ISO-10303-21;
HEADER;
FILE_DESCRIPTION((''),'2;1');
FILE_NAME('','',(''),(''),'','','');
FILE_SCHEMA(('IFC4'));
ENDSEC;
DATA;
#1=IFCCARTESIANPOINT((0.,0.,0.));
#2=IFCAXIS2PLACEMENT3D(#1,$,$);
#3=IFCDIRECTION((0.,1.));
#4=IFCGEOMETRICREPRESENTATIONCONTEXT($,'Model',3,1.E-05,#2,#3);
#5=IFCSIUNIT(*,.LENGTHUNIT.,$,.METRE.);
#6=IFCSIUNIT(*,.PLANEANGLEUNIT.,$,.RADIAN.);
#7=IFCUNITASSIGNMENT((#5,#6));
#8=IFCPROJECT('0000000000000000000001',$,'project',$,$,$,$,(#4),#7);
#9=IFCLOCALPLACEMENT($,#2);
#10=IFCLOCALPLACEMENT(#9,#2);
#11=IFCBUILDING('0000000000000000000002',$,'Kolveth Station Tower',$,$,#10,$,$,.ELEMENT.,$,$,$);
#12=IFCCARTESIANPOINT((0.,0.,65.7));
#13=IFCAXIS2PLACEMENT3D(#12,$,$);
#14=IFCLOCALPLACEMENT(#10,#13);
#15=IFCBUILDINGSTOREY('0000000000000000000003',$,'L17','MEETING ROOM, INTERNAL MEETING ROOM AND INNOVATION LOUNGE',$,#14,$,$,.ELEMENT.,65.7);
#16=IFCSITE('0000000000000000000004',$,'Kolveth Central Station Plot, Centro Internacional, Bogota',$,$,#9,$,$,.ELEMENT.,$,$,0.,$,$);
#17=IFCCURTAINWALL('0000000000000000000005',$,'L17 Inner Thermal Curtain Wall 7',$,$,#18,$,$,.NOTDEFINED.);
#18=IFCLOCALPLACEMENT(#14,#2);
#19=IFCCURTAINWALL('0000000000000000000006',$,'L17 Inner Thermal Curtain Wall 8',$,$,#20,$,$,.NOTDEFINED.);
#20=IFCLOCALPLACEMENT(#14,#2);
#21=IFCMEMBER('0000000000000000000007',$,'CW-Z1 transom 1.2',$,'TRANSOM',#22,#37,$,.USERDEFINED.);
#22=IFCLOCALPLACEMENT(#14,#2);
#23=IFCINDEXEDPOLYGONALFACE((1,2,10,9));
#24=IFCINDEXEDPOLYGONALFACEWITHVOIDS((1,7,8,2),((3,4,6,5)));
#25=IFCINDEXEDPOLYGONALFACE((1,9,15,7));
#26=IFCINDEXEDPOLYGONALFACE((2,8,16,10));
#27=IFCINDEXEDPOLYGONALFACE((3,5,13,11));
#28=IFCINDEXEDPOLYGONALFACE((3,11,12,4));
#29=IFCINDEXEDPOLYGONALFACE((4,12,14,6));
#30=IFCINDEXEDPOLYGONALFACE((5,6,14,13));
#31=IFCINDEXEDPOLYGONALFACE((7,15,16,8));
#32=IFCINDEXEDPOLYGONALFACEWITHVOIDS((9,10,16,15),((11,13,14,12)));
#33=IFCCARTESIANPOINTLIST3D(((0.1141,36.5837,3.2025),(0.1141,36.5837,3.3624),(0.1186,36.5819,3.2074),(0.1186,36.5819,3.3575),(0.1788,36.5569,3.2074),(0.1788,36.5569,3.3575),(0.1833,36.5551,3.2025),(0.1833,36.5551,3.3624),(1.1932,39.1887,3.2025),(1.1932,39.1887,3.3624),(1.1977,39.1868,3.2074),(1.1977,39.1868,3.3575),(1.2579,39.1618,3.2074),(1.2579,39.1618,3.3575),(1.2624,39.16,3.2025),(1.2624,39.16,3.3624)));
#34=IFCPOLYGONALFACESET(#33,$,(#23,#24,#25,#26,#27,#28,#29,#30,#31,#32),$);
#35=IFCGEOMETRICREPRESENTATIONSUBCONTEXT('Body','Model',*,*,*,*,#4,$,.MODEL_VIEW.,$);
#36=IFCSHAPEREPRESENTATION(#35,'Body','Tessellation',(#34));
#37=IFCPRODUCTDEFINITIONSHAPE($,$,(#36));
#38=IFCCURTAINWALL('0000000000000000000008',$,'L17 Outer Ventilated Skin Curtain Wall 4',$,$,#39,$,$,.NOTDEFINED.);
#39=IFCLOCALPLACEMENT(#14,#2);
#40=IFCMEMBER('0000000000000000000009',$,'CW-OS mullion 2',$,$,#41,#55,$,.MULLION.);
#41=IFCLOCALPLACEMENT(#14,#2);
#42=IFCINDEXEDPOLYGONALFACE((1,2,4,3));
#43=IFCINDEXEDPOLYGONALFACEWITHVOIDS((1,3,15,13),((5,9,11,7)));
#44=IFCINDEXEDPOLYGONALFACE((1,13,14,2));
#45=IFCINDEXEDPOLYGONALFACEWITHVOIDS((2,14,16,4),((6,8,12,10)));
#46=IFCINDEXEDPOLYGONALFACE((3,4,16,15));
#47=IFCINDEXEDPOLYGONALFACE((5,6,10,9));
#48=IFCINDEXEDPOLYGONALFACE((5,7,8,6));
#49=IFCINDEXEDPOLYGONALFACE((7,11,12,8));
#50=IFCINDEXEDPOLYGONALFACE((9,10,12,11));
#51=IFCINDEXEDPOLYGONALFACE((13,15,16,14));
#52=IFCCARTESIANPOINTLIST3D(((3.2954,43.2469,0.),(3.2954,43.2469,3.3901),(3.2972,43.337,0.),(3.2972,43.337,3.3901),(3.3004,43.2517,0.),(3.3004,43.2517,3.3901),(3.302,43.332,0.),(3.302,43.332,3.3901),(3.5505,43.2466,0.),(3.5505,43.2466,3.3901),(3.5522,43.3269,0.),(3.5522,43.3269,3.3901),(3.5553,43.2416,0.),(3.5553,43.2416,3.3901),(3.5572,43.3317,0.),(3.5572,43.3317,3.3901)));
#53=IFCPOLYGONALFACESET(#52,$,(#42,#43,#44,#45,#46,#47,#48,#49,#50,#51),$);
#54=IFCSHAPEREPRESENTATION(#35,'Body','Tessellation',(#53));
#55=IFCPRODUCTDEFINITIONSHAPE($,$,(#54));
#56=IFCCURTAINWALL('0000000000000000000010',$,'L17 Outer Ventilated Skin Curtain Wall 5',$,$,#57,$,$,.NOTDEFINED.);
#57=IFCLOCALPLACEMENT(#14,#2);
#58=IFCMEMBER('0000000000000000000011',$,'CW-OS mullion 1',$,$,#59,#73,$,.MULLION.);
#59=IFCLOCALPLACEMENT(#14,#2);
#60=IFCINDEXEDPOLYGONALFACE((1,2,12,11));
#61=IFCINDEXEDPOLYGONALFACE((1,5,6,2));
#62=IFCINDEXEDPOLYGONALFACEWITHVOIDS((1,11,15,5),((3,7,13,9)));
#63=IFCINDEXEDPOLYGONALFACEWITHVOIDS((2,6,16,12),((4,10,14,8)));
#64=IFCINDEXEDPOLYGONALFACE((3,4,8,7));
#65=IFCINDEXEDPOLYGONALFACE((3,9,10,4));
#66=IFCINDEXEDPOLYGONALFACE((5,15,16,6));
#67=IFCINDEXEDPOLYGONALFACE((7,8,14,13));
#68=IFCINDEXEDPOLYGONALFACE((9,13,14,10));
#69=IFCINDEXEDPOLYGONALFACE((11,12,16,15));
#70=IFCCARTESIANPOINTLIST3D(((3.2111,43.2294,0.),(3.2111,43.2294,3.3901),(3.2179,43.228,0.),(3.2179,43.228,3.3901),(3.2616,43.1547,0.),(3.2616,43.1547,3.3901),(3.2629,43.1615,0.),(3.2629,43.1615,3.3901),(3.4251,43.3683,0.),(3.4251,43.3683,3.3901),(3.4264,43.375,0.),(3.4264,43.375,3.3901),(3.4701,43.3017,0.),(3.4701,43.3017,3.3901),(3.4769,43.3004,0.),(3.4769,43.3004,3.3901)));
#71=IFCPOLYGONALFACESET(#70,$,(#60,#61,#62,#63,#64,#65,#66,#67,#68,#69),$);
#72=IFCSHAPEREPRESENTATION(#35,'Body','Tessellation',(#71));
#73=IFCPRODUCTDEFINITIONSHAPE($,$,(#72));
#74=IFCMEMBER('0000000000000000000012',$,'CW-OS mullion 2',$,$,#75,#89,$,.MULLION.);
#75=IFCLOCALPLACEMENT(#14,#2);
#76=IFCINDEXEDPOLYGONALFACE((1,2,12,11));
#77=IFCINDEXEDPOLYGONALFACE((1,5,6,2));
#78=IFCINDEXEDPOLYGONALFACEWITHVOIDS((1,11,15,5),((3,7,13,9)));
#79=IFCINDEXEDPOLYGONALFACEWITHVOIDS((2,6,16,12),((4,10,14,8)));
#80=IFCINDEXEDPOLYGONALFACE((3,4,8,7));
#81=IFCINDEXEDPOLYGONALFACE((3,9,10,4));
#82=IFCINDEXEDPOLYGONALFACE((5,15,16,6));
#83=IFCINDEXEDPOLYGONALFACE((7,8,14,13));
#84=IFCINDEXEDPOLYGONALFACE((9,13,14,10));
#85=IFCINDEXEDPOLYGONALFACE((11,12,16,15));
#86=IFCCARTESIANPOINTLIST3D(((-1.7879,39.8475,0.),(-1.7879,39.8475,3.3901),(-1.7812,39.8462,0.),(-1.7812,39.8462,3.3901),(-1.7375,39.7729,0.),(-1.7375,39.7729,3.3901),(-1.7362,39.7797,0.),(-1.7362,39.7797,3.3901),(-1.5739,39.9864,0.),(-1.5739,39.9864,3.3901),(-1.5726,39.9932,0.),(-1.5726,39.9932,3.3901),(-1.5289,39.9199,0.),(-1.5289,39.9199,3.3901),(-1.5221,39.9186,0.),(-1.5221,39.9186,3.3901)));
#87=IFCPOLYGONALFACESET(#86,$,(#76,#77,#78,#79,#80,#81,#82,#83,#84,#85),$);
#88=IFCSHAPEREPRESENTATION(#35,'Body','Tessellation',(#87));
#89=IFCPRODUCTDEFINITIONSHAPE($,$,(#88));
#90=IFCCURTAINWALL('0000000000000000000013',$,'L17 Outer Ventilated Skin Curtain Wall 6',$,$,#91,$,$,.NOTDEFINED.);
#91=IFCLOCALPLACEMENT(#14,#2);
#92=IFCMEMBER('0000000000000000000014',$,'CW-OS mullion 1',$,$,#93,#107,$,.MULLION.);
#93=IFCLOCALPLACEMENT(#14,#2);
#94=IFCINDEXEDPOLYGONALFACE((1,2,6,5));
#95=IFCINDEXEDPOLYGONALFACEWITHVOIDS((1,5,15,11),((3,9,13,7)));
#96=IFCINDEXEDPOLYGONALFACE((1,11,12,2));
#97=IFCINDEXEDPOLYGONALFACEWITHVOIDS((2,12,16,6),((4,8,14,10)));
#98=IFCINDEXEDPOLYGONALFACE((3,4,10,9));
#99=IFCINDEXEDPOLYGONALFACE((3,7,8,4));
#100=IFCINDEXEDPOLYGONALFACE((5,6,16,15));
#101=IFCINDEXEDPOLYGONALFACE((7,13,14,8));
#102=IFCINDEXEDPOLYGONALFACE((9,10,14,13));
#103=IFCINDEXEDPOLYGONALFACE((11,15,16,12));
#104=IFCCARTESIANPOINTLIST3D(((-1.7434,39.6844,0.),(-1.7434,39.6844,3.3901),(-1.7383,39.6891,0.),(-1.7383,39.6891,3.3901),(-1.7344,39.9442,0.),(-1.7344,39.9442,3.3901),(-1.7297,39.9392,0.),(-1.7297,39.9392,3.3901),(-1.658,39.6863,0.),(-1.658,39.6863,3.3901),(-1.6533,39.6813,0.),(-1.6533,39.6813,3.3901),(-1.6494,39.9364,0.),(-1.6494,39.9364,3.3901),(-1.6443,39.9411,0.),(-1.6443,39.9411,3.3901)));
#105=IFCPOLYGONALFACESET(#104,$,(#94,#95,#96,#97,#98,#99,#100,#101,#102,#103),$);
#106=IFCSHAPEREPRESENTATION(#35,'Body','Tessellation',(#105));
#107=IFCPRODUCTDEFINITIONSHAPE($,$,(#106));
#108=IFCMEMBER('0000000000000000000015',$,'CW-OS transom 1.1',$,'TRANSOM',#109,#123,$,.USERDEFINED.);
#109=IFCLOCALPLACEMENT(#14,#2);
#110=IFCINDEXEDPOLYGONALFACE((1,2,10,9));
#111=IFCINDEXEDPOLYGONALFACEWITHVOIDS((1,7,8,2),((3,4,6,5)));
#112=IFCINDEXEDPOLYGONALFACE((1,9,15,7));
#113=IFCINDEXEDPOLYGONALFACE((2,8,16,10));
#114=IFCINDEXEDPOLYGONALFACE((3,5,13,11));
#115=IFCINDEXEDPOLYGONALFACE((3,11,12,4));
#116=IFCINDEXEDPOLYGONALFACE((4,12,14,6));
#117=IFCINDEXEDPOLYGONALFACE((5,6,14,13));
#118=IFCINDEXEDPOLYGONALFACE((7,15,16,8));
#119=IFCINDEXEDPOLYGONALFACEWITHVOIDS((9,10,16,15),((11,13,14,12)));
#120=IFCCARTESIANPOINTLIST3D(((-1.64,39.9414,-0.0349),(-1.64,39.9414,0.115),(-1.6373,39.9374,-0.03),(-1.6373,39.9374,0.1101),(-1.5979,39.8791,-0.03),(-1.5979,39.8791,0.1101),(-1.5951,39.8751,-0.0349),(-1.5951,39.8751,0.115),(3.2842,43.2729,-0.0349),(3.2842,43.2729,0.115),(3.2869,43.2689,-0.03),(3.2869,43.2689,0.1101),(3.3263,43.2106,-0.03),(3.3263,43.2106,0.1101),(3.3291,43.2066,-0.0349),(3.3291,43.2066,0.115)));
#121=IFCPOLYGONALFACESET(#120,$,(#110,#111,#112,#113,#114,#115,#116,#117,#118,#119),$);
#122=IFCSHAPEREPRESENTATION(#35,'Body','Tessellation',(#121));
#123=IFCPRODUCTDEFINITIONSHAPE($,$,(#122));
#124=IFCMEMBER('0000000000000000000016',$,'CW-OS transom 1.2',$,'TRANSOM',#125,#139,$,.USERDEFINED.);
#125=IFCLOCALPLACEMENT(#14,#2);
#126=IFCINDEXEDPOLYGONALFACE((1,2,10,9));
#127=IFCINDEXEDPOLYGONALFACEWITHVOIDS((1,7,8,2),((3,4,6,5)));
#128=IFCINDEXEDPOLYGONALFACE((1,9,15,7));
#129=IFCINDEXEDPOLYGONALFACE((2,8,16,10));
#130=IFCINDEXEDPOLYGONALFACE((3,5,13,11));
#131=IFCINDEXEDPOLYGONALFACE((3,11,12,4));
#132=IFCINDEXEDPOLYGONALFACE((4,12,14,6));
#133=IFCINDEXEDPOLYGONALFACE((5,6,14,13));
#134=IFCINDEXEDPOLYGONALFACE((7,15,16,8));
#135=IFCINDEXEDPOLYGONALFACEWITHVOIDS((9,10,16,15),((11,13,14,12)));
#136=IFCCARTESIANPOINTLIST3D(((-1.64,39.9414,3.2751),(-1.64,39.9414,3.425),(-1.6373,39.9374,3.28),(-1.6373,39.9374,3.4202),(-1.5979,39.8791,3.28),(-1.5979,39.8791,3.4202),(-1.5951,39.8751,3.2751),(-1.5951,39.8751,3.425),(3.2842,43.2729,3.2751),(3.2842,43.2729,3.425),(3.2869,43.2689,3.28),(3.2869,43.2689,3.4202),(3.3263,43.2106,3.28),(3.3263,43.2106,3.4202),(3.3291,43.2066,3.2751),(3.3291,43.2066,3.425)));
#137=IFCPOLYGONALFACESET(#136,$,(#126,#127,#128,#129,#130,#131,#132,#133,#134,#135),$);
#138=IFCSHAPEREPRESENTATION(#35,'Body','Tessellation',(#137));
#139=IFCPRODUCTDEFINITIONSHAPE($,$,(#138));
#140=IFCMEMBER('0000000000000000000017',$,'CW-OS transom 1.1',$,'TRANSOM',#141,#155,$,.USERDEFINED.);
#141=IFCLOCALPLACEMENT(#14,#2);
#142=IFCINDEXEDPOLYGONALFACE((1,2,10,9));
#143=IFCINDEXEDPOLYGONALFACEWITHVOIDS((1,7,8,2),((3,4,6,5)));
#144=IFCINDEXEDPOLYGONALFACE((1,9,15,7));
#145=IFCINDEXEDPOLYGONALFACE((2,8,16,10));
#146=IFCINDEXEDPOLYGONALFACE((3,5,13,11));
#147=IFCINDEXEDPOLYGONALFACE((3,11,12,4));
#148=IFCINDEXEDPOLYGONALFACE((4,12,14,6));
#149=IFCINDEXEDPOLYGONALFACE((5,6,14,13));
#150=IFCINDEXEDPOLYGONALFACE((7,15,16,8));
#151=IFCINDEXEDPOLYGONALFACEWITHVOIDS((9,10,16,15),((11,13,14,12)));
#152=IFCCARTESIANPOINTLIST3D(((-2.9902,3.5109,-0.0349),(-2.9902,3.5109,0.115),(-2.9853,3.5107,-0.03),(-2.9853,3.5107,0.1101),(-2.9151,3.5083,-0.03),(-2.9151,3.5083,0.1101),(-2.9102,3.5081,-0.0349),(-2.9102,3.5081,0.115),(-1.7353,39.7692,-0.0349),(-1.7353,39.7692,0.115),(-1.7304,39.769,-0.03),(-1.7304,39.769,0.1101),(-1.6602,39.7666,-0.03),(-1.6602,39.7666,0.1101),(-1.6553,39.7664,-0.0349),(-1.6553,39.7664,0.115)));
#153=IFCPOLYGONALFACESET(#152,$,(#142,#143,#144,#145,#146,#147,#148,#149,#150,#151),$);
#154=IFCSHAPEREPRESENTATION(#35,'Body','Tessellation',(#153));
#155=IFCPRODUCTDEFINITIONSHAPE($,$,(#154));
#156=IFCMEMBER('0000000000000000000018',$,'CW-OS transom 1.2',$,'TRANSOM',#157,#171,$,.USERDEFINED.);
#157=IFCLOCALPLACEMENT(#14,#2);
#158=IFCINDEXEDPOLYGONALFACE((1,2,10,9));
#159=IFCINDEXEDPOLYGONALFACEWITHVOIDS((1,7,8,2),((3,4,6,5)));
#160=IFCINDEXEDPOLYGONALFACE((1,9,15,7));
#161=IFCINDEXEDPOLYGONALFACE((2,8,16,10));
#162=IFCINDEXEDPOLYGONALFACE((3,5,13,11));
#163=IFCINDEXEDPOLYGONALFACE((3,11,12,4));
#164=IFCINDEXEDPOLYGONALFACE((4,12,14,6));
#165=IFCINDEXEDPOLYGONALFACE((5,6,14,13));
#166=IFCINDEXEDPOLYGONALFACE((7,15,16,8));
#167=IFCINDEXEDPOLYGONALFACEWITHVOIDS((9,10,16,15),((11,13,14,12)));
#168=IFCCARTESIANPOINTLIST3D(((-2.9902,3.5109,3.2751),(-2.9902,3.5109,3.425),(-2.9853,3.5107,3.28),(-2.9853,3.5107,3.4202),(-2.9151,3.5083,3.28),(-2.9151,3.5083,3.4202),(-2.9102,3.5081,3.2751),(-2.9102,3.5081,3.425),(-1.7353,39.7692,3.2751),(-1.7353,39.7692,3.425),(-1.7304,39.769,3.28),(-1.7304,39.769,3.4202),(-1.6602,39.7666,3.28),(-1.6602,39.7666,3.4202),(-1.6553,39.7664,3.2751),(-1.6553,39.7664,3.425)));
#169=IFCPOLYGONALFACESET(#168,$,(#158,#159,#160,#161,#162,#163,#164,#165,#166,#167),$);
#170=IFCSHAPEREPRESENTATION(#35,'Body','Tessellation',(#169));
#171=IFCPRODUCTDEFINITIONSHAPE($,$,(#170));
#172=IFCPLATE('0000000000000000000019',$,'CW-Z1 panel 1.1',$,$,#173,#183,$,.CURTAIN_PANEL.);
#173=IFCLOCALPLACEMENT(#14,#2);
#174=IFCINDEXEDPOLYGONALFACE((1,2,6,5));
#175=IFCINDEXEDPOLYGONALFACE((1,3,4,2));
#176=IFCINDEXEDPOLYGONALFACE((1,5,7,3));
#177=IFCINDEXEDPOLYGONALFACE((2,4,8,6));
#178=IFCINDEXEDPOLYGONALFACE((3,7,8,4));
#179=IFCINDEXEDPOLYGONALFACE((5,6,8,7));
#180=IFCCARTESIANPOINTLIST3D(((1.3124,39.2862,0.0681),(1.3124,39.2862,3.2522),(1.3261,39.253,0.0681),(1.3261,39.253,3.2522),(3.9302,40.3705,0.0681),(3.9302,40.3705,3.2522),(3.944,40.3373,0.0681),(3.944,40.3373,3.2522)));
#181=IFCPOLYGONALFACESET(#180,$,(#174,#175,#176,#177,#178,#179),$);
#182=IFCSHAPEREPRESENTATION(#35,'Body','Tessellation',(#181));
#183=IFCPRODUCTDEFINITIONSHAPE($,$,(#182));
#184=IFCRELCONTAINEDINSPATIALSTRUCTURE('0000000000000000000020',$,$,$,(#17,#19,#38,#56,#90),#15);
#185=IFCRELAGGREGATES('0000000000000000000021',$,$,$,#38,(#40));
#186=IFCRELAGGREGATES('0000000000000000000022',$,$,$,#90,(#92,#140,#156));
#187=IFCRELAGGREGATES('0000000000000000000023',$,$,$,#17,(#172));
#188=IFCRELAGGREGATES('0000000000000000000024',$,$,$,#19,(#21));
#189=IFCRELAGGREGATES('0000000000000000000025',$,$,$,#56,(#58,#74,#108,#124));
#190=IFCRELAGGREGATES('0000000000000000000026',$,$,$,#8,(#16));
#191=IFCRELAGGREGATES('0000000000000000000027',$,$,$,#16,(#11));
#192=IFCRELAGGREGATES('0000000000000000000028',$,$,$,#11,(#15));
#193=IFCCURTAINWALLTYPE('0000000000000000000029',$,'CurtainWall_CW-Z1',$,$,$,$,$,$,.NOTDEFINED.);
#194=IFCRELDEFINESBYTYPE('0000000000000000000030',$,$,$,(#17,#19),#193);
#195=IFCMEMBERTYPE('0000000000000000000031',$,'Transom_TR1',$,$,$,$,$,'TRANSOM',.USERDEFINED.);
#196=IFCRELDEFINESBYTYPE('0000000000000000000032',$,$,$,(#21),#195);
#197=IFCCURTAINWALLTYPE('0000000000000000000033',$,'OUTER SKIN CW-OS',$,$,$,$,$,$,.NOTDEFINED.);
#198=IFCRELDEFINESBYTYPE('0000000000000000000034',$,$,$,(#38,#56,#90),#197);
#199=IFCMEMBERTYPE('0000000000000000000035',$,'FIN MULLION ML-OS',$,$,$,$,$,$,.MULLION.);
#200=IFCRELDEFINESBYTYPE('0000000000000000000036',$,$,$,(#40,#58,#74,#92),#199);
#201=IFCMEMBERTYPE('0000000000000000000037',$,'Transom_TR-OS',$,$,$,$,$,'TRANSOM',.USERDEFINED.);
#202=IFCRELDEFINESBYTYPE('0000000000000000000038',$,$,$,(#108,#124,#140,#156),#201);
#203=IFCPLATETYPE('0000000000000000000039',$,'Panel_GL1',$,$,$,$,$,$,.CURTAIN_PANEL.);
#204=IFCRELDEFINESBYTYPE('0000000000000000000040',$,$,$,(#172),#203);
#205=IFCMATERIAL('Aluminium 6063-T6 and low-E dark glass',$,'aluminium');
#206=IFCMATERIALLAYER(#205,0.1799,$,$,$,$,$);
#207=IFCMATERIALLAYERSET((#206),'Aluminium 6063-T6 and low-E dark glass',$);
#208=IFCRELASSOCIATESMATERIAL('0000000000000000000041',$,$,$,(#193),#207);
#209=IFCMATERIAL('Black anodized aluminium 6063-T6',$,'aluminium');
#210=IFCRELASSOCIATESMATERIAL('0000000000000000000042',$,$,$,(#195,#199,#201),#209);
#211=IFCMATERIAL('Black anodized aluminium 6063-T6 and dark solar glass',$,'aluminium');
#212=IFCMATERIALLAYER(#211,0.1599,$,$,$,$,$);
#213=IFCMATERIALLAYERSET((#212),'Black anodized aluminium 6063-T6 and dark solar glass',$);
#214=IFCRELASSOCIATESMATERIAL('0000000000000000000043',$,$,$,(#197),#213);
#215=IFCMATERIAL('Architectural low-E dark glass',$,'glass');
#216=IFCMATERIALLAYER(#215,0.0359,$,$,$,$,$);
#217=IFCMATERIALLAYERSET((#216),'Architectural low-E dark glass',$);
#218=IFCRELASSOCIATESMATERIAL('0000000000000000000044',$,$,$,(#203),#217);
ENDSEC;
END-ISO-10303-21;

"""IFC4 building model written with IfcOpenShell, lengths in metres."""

from ifc_helpers import new_model, si_unit, direction, frame, origin, origin_2d, place, context, subcontext, project, spatial, rectangle, hollow_rectangle, extrude, source, transform, mapped, material, layer, layer_set, material_profile, profile_set, type_object, element, aggregate, save


model = new_model("IFC4")

# Units and contexts
model_context = context("Model", 3, precision=1e-05, world=origin(), true_north=direction((0.0, 1.0)))
body_context = subcontext(model_context, "Body", "Model", "MODEL_VIEW")
ifc_project = project(units=[si_unit("LENGTHUNIT", "METRE"), si_unit("PLANEANGLEUNIT", "RADIAN")], contexts=[model_context])

# Site, building, storey
site_placement = place(None, origin())
site = spatial("IfcSite", under=ifc_project, at=site_placement, Name="Kolveth Central Station Plot, Centro Internacional, Bogota", CompositionType="ELEMENT", RefElevation=0.0)
building_placement = place(site_placement, origin())
building = spatial("IfcBuilding", under=site, at=building_placement, Name="Kolveth Station Tower", CompositionType="ELEMENT")
storey_placement = place(building_placement, frame((0.0, 0.0, 65.7)))
storey = spatial("IfcBuildingStorey", under=building, at=storey_placement, Name="L17", Description="MEETING ROOM, INTERNAL MEETING ROOM AND INNOVATION LOUNGE", CompositionType="ELEMENT", Elevation=65.7)

# Shared definitions
ifc_material_1 = material(Name="Aluminium 6063-T6 and low-E dark glass", Category="aluminium")
ifc_layer_1 = layer(ifc_material_1, 0.1799)
ifc_layer_set_1 = layer_set([ifc_layer_1], Name="Aluminium 6063-T6 and low-E dark glass")
curtain_wall_type_1 = type_object("IfcCurtainWallType", Name="CurtainWall_CW-Z1", PredefinedType="NOTDEFINED", material=ifc_layer_set_1)
ifc_material_2 = material(Name="Black anodized aluminium 6063-T6", Category="aluminium")

# Curtain walls
curtain_wall_1_placement = place(storey_placement, origin())
curtain_wall_1 = element("IfcCurtainWall", 1, at=curtain_wall_1_placement, inside=storey, type_object=curtain_wall_type_1, Name="L17 Inner Thermal Curtain Wall 7", PredefinedType="NOTDEFINED")
curtain_wall_2_placement = place(storey_placement, origin())
curtain_wall_2 = element("IfcCurtainWall", 2, at=curtain_wall_2_placement, inside=storey, type_object=curtain_wall_type_1, Name="L17 Inner Thermal Curtain Wall 8", PredefinedType="NOTDEFINED")

# Member
ifc_material_profile_1 = material_profile(ifc_material_2, hollow_rectangle(XDim=0.075, YDim=0.1599, WallThickness=0.0049, at=origin_2d()), Name="ALU-75x160x5")
ifc_profile_set_1 = profile_set([ifc_material_profile_1], Name="Black anodized aluminium 6063-T6")
member_type_1 = type_object("IfcMemberType", Name="Transom_TR1", ElementType="TRANSOM", PredefinedType="USERDEFINED", material=ifc_profile_set_1)
shared_shape_1 = source(origin(), body_context, "Body", "SweptSolid", [
    extrude(hollow_rectangle(XDim=0.075, YDim=0.1599, WallThickness=0.0049, at=origin_2d()), origin(), (0.0, 0.0, 1.0), 2.8196),
])
member_1_placement = place(storey_placement, frame((1.2278, 39.1743, 3.2825), z_axis=(-0.382709, -0.923869, 0.0), x_axis=(0.923869, -0.382709, 0.0)))
member_1 = element("IfcMember", 3, at=member_1_placement, type_object=member_type_1, Name="CW-Z1 transom 1.2", ObjectType="TRANSOM", PredefinedType="USERDEFINED", context=body_context, shape_type="MappedRepresentation", body=[
    mapped(shared_shape_1, transform((0.0, 0.0, 0.0), x_axis=(1.0, 0.0, 0.0), y_axis=(0.0, 1.0, 0.0), z_axis=(0.0, 0.0, 1.0), scale=1.0)),
])

# Curtain wall, member
ifc_material_3 = material(Name="Black anodized aluminium 6063-T6 and dark solar glass", Category="aluminium")
ifc_layer_2 = layer(ifc_material_3, 0.1599)
ifc_layer_set_2 = layer_set([ifc_layer_2], Name="Black anodized aluminium 6063-T6 and dark solar glass")
curtain_wall_type_2 = type_object("IfcCurtainWallType", Name="OUTER SKIN CW-OS", PredefinedType="NOTDEFINED", material=ifc_layer_set_2)
curtain_wall_3_placement = place(storey_placement, origin())
curtain_wall_3 = element("IfcCurtainWall", 4, at=curtain_wall_3_placement, inside=storey, type_object=curtain_wall_type_2, Name="L17 Outer Ventilated Skin Curtain Wall 4", PredefinedType="NOTDEFINED")
ifc_material_profile_2 = material_profile(ifc_material_2, hollow_rectangle(XDim=0.0901, YDim=0.26, WallThickness=0.0049, at=origin_2d()), Name="ALU-90x260x5")
ifc_profile_set_2 = profile_set([ifc_material_profile_2], Name="Black anodized aluminium 6063-T6")
member_type_2 = type_object("IfcMemberType", Name="FIN MULLION ML-OS", PredefinedType="MULLION", material=ifc_profile_set_2)
shared_shape_2 = source(origin(), body_context, "Body", "SweptSolid", [
    extrude(hollow_rectangle(XDim=0.0901, YDim=0.26, WallThickness=0.0049, at=origin_2d()), origin(), (0.0, 0.0, 1.0), 3.3901),
])
member_2_placement = place(storey_placement, frame((3.4263, 43.2893, 0.0), z_axis=(0.0, 0.0, 1.0), x_axis=(-0.020474, -0.99979, 0.0)))
member_2 = element("IfcMember", 5, at=member_2_placement, type_object=member_type_2, Name="CW-OS mullion 2", PredefinedType="MULLION", context=body_context, shape_type="MappedRepresentation", body=[
    mapped(shared_shape_2, transform((0.0, 0.0, 0.0), x_axis=(1.0, 0.0, 0.0), y_axis=(0.0, 1.0, 0.0), z_axis=(0.0, 0.0, 1.0), scale=1.0)),
])
aggregate(curtain_wall_3, [member_2])

# Curtain wall, members
curtain_wall_4_placement = place(storey_placement, origin())
curtain_wall_4 = element("IfcCurtainWall", 6, at=curtain_wall_4_placement, inside=storey, type_object=curtain_wall_type_2, Name="L17 Outer Ventilated Skin Curtain Wall 5", PredefinedType="NOTDEFINED")
member_3_placement = place(storey_placement, frame((3.344, 43.2649, 0.0), z_axis=(0.0, 0.0, 1.0), x_axis=(0.560346, -0.828259, 0.0)))
member_3 = element("IfcMember", 7, at=member_3_placement, type_object=member_type_2, Name="CW-OS mullion 1", PredefinedType="MULLION", context=body_context, shape_type="MappedRepresentation", body=[
    mapped(shared_shape_2, transform((0.0, 0.0, 0.0), x_axis=(1.0, 0.0, 0.0), y_axis=(0.0, 1.0, 0.0), z_axis=(0.0, 0.0, 1.0), scale=1.0)),
])
member_4_placement = place(storey_placement, frame((-1.655, 39.8831, 0.0), z_axis=(0.0, 0.0, 1.0), x_axis=(0.560346, -0.828259, 0.0)))
member_4 = element("IfcMember", 8, at=member_4_placement, type_object=member_type_2, Name="CW-OS mullion 2", PredefinedType="MULLION", context=body_context, shape_type="MappedRepresentation", body=[
    mapped(shared_shape_2, transform((0.0, 0.0, 0.0), x_axis=(1.0, 0.0, 0.0), y_axis=(0.0, 1.0, 0.0), z_axis=(0.0, 0.0, 1.0), scale=1.0)),
])

# Curtain wall, member
curtain_wall_5_placement = place(storey_placement, origin())
curtain_wall_5 = element("IfcCurtainWall", 9, at=curtain_wall_5_placement, inside=storey, type_object=curtain_wall_type_2, Name="L17 Outer Ventilated Skin Curtain Wall 6", PredefinedType="NOTDEFINED")
member_5_placement = place(storey_placement, frame((-1.6938, 39.8127, 0.0), z_axis=(0.0, 0.0, 1.0), x_axis=(0.999402, -0.034586, 0.0)))
member_5 = element("IfcMember", 10, at=member_5_placement, type_object=member_type_2, Name="CW-OS mullion 1", PredefinedType="MULLION", context=body_context, shape_type="MappedRepresentation", body=[
    mapped(shared_shape_2, transform((0.0, 0.0, 0.0), x_axis=(1.0, 0.0, 0.0), y_axis=(0.0, 1.0, 0.0), z_axis=(0.0, 0.0, 1.0), scale=1.0)),
])

# Members
ifc_material_profile_3 = material_profile(ifc_material_2, hollow_rectangle(XDim=0.0801, YDim=0.1499, WallThickness=0.0049, at=origin_2d()), Name="ALU-80x150x5")
ifc_profile_set_3 = profile_set([ifc_material_profile_3], Name="Black anodized aluminium 6063-T6")
member_type_3 = type_object("IfcMemberType", Name="Transom_TR-OS", ElementType="TRANSOM", PredefinedType="USERDEFINED", material=ifc_profile_set_3)
shared_shape_3 = source(origin(), body_context, "Body", "SweptSolid", [
    extrude(hollow_rectangle(XDim=0.0801, YDim=0.1499, WallThickness=0.0049, at=origin_2d()), origin(), (0.0, 0.0, 1.0), 5.9453),
])
member_6_placement = place(storey_placement, frame((3.3066, 43.2397, 0.04), z_axis=(-0.828253, -0.560354, 0.0), x_axis=(0.560354, -0.828253, 0.0)))
member_6 = element("IfcMember", 11, at=member_6_placement, type_object=member_type_3, Name="CW-OS transom 1.1", ObjectType="TRANSOM", PredefinedType="USERDEFINED", context=body_context, shape_type="MappedRepresentation", body=[
    mapped(shared_shape_3, transform((0.0, 0.0, 0.0), x_axis=(1.0, 0.0, 0.0), y_axis=(0.0, 1.0, 0.0), z_axis=(0.0, 0.0, 1.0), scale=1.0)),
])
member_7_placement = place(storey_placement, frame((3.3066, 43.2397, 3.3501), z_axis=(-0.828253, -0.560354, 0.0), x_axis=(0.560354, -0.828253, 0.0)))
member_7 = element("IfcMember", 12, at=member_7_placement, type_object=member_type_3, Name="CW-OS transom 1.2", ObjectType="TRANSOM", PredefinedType="USERDEFINED", context=body_context, shape_type="MappedRepresentation", body=[
    mapped(shared_shape_3, transform((0.0, 0.0, 0.0), x_axis=(1.0, 0.0, 0.0), y_axis=(0.0, 1.0, 0.0), z_axis=(0.0, 0.0, 1.0), scale=1.0)),
])
shared_shape_4 = source(origin(), body_context, "Body", "SweptSolid", [
    extrude(hollow_rectangle(XDim=0.0801, YDim=0.1499, WallThickness=0.0049, at=origin_2d()), origin(), (0.0, 0.0, 1.0), 36.28),
])
member_8_placement = place(storey_placement, frame((-1.6953, 39.7678, 0.04), z_axis=(-0.034589, -0.999402, 0.0), x_axis=(0.999402, -0.034589, 0.0)))
member_8 = element("IfcMember", 13, at=member_8_placement, type_object=member_type_3, Name="CW-OS transom 1.1", ObjectType="TRANSOM", PredefinedType="USERDEFINED", context=body_context, shape_type="MappedRepresentation", body=[
    mapped(shared_shape_4, transform((0.0, 0.0, 0.0), x_axis=(1.0, 0.0, 0.0), y_axis=(0.0, 1.0, 0.0), z_axis=(0.0, 0.0, 1.0), scale=1.0)),
])
member_9_placement = place(storey_placement, frame((-1.6953, 39.7678, 3.3501), z_axis=(-0.034589, -0.999402, 0.0), x_axis=(0.999402, -0.034589, 0.0)))
member_9 = element("IfcMember", 14, at=member_9_placement, type_object=member_type_3, Name="CW-OS transom 1.2", ObjectType="TRANSOM", PredefinedType="USERDEFINED", context=body_context, shape_type="MappedRepresentation", body=[
    mapped(shared_shape_4, transform((0.0, 0.0, 0.0), x_axis=(1.0, 0.0, 0.0), y_axis=(0.0, 1.0, 0.0), z_axis=(0.0, 0.0, 1.0), scale=1.0)),
])
aggregate(curtain_wall_5, [member_5, member_8, member_9])

# Plate
ifc_material_4 = material(Name="Architectural low-E dark glass", Category="glass")
ifc_layer_3 = layer(ifc_material_4, 0.0359)
ifc_layer_set_3 = layer_set([ifc_layer_3], Name="Architectural low-E dark glass")
plate_type_1 = type_object("IfcPlateType", Name="Panel_GL1", PredefinedType="CURTAIN_PANEL", material=ifc_layer_set_3)
shared_shape_5 = source(origin(), body_context, "Body", "SweptSolid", [
    extrude(rectangle(XDim=2.8335, YDim=0.0359, at=origin_2d()), origin(), (0.0, 0.0, 1.0), 3.1841),
])
plate_1_placement = place(storey_placement, frame((2.6282, 39.8118, 0.0681), z_axis=(0.0, 0.0, 1.0), x_axis=(-0.923884, -0.382673, 0.0)))
plate_1 = element("IfcPlate", 15, at=plate_1_placement, type_object=plate_type_1, Name="CW-Z1 panel 1.1", PredefinedType="CURTAIN_PANEL", context=body_context, shape_type="MappedRepresentation", body=[
    mapped(shared_shape_5, transform((0.0, 0.0, 0.0), x_axis=(1.0, 0.0, 0.0), y_axis=(0.0, 1.0, 0.0), z_axis=(0.0, 0.0, 1.0), scale=1.0)),
])
aggregate(curtain_wall_1, [plate_1])
aggregate(curtain_wall_2, [member_1])
aggregate(curtain_wall_4, [member_3, member_4, member_6, member_7])

save(model, "model.ifc")
